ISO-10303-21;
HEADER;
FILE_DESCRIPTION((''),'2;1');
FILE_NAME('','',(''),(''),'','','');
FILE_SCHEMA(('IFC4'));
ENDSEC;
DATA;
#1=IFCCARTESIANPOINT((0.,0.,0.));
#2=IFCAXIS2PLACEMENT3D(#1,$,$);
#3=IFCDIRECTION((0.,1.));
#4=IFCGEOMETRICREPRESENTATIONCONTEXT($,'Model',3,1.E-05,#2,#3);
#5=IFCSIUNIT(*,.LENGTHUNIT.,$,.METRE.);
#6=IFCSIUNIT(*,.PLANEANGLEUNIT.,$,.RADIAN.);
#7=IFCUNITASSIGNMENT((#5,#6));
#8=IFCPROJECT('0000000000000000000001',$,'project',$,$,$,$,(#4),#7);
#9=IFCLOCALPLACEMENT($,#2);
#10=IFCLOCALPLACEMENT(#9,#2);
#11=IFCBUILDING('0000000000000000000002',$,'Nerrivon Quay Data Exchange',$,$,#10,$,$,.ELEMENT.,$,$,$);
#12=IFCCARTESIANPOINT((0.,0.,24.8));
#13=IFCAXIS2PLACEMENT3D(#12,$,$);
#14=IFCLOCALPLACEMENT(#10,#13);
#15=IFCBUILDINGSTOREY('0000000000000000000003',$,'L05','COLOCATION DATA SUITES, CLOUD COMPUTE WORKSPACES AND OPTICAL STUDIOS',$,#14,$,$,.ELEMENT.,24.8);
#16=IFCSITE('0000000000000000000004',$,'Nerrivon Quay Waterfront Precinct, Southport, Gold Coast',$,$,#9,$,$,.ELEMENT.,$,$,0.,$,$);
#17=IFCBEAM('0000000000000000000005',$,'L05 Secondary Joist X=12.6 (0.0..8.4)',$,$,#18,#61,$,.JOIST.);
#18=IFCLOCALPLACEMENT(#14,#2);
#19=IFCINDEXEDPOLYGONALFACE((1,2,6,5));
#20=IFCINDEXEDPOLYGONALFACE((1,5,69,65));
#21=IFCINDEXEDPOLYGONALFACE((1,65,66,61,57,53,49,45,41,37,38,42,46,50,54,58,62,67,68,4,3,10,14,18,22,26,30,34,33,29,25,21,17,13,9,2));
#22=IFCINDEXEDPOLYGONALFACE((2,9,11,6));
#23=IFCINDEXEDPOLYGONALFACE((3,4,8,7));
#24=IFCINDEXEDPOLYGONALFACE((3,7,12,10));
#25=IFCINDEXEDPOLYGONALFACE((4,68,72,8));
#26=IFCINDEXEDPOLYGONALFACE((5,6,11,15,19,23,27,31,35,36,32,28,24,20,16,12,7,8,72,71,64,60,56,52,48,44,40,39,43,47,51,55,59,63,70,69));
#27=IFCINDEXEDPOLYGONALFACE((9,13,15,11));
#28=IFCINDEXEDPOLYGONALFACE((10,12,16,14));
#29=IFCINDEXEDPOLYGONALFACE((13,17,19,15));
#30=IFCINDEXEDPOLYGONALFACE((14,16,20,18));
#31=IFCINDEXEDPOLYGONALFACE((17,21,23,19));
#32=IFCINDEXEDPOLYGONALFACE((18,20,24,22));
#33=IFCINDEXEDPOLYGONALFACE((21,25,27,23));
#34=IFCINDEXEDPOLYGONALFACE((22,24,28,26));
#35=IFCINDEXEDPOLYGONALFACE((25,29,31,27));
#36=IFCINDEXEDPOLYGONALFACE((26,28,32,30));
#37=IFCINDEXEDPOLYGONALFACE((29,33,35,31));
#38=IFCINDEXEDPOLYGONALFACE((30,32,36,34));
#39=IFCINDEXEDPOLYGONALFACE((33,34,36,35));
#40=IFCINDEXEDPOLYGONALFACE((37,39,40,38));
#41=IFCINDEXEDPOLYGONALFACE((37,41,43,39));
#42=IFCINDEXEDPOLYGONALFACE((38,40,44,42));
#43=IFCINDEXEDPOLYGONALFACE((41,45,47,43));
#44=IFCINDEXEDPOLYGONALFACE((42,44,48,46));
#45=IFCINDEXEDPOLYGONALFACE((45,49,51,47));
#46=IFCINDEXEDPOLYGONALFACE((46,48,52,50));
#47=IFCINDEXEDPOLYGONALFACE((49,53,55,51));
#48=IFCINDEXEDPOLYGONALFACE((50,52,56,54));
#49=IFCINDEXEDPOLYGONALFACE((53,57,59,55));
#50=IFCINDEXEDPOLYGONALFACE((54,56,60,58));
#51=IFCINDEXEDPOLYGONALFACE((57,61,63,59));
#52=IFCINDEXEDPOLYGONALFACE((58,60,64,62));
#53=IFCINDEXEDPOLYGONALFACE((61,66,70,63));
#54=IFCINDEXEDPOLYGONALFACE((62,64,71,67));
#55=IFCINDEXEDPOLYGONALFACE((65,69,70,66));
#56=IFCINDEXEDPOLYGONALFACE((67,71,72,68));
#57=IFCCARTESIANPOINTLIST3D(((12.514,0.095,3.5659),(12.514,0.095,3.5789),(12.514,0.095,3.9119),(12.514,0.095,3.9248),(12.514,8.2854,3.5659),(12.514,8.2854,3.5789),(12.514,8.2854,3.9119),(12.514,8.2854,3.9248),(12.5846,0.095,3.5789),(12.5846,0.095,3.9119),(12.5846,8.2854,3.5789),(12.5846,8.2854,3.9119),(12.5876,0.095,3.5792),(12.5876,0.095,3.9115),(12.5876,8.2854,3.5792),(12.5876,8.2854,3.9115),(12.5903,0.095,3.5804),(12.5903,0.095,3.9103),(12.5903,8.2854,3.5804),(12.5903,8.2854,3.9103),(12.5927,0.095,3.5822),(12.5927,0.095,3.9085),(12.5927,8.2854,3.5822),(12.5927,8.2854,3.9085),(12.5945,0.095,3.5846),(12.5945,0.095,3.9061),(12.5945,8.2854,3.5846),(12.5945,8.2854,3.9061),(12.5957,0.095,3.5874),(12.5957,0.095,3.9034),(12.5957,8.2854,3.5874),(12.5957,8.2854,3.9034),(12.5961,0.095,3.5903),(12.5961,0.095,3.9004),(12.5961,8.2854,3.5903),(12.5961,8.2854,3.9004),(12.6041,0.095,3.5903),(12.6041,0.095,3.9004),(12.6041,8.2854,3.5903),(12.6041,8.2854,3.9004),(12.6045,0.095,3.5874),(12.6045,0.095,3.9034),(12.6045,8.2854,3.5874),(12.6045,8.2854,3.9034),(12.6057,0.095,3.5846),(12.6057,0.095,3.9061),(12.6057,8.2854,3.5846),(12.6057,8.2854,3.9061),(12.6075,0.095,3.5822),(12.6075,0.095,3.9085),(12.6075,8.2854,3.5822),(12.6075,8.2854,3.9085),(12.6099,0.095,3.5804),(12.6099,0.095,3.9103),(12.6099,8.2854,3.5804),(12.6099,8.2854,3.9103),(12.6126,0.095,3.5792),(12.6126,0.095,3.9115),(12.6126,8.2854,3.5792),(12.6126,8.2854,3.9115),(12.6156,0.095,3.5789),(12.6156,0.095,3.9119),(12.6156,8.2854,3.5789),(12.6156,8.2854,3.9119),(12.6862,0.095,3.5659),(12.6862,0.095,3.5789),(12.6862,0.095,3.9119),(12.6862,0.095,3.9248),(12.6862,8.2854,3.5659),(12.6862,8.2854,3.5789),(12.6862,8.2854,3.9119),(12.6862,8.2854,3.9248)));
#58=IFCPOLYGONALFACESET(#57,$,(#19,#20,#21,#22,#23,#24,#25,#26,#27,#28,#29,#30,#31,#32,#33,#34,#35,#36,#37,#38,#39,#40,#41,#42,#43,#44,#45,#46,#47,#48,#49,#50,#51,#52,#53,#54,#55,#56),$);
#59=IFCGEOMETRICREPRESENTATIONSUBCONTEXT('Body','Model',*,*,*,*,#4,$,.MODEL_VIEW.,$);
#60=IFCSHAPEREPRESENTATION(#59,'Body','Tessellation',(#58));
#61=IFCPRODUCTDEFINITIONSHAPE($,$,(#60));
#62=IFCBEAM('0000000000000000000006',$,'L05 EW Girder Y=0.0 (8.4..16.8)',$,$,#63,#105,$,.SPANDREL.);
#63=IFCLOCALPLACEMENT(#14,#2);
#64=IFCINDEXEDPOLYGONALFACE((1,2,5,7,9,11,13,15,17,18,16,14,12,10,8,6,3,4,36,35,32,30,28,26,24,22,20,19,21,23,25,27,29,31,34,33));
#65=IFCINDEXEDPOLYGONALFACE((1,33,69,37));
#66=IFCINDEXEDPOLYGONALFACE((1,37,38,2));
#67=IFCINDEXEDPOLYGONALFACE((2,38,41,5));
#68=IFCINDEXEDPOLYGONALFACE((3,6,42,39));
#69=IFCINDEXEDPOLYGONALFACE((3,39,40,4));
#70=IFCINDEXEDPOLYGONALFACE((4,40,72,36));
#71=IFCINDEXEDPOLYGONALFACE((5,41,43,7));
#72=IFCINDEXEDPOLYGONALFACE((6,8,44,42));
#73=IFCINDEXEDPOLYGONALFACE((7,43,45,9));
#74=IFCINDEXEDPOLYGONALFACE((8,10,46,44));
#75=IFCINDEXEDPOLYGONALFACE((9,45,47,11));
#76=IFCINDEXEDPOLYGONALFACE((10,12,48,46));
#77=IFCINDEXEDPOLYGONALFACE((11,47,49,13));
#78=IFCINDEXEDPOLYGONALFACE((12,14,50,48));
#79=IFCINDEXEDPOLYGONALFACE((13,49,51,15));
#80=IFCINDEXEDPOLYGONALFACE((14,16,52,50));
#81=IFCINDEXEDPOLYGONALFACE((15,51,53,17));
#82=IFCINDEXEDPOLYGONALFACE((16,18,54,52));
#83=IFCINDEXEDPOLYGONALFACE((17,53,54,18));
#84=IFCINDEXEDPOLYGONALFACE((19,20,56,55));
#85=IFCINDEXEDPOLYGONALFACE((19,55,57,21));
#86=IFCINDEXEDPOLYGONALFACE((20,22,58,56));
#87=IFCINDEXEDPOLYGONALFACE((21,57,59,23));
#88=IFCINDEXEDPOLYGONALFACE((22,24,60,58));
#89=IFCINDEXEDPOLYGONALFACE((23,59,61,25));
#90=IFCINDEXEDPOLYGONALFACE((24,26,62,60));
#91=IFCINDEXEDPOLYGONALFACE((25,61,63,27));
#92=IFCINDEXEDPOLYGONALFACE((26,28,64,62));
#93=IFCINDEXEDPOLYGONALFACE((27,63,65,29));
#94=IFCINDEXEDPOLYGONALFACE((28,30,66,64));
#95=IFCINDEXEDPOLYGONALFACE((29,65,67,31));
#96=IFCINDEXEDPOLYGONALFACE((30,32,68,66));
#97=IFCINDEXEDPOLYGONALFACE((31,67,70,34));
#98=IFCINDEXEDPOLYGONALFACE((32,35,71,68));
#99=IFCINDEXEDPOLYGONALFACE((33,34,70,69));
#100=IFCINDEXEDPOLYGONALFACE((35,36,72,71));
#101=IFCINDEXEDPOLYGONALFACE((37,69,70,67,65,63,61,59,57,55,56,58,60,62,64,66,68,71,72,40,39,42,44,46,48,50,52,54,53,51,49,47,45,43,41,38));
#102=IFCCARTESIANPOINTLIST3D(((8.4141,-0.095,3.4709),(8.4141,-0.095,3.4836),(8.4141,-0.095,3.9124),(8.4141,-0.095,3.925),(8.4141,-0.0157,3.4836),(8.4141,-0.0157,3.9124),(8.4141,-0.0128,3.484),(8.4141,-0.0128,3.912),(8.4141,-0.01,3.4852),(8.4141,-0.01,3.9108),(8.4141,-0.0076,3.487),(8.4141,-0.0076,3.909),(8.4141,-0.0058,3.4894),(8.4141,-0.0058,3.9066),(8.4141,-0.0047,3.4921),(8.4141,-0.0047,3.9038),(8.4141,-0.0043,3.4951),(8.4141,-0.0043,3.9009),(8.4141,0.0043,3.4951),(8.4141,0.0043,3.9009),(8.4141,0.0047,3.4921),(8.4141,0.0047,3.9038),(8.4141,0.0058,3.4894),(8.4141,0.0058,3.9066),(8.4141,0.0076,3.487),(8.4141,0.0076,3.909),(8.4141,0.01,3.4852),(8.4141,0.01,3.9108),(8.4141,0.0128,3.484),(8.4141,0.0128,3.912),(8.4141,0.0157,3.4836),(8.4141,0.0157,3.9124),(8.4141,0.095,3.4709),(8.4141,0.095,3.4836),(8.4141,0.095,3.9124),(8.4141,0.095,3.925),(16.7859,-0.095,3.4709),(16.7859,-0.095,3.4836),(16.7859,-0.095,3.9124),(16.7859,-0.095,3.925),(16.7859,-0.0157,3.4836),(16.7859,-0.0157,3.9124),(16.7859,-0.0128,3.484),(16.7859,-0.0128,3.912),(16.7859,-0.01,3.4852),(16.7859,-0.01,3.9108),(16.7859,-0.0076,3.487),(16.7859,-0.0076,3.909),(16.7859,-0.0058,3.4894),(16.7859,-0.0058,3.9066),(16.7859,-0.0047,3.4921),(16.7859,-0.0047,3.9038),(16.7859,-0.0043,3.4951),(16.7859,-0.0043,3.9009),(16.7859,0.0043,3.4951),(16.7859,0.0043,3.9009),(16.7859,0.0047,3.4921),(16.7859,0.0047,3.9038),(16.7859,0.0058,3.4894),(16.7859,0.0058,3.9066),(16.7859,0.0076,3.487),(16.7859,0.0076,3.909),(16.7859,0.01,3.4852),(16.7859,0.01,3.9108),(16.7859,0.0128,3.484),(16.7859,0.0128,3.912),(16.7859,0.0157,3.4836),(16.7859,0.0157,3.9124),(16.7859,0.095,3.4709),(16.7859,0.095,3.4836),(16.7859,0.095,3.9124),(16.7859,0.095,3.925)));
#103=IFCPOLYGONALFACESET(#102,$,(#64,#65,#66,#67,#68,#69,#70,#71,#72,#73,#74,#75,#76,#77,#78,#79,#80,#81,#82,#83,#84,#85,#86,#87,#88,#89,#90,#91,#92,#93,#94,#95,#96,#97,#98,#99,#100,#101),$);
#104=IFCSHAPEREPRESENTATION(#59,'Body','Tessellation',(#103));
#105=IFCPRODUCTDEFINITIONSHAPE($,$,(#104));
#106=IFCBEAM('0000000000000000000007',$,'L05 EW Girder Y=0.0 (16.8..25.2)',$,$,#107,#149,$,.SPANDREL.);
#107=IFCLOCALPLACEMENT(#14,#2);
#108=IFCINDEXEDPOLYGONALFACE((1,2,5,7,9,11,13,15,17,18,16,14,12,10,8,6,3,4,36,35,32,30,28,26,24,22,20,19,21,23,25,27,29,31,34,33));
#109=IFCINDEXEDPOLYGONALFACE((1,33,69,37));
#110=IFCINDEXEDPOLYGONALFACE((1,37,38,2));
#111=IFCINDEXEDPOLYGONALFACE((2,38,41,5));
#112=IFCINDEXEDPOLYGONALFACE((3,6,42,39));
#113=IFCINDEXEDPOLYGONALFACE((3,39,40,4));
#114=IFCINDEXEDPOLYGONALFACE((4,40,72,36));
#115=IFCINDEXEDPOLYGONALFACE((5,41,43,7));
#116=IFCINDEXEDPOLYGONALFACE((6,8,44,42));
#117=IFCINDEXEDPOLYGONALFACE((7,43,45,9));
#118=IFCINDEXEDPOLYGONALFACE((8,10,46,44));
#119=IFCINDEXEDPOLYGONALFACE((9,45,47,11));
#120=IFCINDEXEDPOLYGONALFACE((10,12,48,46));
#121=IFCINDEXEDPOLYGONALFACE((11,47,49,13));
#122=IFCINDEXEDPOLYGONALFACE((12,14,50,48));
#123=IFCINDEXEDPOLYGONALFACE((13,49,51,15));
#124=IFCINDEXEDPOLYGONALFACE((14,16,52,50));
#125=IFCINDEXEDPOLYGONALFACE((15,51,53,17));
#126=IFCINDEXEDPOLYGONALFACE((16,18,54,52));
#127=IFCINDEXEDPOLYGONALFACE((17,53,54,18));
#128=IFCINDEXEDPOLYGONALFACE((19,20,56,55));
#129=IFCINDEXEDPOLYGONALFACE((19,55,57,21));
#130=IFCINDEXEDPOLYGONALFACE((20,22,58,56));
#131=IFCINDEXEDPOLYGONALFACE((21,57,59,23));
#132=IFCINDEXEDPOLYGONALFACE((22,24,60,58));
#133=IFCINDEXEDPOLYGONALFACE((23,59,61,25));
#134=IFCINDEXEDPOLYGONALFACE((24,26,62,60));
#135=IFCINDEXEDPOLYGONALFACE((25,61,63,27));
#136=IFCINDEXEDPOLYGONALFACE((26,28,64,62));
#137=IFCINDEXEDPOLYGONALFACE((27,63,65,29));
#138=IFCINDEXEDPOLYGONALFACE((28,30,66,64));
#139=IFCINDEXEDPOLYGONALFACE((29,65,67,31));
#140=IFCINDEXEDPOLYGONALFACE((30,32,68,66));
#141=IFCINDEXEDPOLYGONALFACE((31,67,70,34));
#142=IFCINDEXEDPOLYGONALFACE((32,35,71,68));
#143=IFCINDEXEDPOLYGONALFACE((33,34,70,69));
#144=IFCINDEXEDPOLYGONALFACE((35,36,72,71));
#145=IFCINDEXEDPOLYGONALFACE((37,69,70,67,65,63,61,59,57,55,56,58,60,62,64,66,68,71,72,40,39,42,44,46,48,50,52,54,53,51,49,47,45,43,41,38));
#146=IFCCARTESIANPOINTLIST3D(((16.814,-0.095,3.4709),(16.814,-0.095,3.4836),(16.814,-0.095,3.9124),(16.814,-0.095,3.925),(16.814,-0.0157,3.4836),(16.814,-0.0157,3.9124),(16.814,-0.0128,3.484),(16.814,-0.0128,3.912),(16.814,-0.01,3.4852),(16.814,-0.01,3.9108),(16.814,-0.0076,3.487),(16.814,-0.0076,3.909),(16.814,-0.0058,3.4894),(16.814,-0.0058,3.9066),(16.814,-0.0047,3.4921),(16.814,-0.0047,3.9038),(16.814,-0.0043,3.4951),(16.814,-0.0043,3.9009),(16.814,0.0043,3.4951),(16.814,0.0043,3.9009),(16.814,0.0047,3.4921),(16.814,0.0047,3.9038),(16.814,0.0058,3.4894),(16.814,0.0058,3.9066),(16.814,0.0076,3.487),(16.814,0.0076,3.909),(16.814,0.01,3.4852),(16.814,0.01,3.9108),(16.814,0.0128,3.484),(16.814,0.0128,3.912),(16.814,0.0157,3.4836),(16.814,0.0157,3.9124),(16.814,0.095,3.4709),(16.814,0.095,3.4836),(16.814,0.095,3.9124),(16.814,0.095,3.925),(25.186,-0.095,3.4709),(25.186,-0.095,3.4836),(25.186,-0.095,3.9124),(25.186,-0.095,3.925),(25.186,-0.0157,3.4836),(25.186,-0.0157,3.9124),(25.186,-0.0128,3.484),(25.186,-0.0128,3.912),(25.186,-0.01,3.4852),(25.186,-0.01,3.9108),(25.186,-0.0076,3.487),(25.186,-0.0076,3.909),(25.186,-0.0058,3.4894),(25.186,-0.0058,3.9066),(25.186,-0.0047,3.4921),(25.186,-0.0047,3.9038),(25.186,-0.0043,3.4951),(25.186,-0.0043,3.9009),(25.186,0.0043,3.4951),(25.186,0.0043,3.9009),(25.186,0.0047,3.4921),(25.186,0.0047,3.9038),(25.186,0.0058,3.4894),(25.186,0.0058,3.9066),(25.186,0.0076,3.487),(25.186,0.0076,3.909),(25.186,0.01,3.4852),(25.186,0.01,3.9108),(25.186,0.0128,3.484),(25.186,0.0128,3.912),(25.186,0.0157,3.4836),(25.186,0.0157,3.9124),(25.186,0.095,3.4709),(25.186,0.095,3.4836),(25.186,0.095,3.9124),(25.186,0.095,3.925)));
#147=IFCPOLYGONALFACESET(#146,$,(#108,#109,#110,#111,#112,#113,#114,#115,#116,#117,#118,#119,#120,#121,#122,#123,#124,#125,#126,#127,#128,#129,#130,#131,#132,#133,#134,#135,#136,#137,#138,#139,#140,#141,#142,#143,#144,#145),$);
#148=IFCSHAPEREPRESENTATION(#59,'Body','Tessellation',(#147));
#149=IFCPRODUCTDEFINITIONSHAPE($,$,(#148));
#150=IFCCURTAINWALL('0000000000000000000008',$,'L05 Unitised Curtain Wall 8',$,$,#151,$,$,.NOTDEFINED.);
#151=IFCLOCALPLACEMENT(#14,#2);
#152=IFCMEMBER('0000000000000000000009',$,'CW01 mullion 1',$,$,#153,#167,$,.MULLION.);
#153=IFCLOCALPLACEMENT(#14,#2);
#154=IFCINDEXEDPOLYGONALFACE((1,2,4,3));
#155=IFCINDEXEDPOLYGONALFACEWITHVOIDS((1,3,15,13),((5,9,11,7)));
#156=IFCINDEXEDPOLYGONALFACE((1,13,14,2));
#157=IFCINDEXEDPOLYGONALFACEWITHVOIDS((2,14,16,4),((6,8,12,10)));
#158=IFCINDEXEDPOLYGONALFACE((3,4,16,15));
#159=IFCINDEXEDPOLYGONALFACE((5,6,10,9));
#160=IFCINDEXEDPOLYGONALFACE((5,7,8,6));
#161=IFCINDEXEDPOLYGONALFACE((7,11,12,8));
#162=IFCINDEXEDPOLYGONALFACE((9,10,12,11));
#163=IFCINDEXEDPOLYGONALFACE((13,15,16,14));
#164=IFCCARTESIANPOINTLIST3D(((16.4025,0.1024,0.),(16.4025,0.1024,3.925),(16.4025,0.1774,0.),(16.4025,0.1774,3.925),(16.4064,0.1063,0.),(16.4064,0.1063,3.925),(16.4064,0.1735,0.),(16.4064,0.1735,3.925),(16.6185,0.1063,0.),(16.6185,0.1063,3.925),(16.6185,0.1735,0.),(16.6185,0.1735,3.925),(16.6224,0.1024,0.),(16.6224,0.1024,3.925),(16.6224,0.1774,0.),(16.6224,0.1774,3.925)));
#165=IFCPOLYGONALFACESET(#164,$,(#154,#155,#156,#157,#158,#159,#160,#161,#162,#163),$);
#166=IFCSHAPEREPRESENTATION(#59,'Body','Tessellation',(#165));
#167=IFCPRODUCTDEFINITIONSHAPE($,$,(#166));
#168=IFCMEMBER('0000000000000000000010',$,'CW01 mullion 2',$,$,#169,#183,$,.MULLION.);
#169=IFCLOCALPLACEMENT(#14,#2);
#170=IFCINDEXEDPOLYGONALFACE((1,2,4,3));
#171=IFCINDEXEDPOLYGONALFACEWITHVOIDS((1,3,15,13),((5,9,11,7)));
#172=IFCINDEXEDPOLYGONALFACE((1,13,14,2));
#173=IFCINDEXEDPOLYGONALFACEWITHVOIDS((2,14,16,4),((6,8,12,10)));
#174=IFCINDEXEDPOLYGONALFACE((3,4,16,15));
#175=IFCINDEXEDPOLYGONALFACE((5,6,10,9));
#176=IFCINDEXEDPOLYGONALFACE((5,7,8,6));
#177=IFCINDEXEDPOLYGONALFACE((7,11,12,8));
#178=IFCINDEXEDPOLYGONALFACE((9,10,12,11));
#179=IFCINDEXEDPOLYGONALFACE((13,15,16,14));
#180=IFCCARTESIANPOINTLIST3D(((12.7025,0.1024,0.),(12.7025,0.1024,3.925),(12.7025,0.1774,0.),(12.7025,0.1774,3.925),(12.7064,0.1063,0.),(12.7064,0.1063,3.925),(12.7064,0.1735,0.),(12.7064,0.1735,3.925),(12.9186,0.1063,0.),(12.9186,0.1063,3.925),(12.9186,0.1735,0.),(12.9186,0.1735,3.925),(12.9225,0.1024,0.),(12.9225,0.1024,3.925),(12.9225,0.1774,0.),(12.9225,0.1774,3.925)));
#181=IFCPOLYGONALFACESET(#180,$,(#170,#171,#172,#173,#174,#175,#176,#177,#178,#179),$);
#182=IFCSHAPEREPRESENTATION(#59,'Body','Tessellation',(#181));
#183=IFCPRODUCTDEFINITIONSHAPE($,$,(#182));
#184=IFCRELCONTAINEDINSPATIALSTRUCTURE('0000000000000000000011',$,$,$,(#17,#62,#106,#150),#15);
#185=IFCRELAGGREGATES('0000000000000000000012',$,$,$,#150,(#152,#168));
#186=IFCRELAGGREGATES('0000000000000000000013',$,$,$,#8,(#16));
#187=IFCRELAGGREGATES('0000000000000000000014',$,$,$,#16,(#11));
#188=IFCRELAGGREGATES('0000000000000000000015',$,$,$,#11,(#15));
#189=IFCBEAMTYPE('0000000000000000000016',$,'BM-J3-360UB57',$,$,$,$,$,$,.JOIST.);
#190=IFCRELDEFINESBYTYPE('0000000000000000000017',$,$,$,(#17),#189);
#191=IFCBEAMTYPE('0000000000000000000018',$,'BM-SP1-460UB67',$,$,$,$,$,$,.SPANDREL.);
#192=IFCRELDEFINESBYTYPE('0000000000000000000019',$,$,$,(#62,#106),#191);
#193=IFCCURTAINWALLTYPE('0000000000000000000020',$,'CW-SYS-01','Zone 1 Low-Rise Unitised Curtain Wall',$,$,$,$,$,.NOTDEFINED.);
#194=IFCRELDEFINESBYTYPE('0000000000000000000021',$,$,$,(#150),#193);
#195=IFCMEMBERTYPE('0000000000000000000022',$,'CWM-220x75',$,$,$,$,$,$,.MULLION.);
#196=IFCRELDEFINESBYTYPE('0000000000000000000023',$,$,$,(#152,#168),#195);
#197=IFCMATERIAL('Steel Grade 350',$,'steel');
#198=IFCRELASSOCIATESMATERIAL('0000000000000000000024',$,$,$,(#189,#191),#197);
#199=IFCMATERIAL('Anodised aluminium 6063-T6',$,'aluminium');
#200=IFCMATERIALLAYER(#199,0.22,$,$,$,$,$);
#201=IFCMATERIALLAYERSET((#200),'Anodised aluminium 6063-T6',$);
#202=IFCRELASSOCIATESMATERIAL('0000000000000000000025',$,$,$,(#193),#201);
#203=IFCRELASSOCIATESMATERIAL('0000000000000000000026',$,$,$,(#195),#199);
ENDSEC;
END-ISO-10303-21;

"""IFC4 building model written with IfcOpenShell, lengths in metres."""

from ifc_helpers import new_model, si_unit, direction, frame, origin, origin_2d, place, context, subcontext, project, spatial, hollow_rectangle, i_section, extrude, material, layer, layer_set, material_profile, profile_set, type_object, element, aggregate, save


model = new_model("IFC4")

# Units and contexts
model_context = context("Model", 3, precision=1e-05, world=origin(), true_north=direction((0.0, 1.0)))
body_context = subcontext(model_context, "Body", "Model", "MODEL_VIEW")
ifc_project = project(units=[si_unit("LENGTHUNIT", "METRE"), si_unit("PLANEANGLEUNIT", "RADIAN")], contexts=[model_context])

# Site, building, storey
site_placement = place(None, origin())
site = spatial("IfcSite", under=ifc_project, at=site_placement, Name="Nerrivon Quay Waterfront Precinct, Southport, Gold Coast", CompositionType="ELEMENT", RefElevation=0.0)
building_placement = place(site_placement, origin())
building = spatial("IfcBuilding", under=site, at=building_placement, Name="Nerrivon Quay Data Exchange", CompositionType="ELEMENT")
storey_placement = place(building_placement, frame((0.0, 0.0, 24.8)))
storey = spatial("IfcBuildingStorey", under=building, at=storey_placement, Name="L05", Description="COLOCATION DATA SUITES, CLOUD COMPUTE WORKSPACES AND OPTICAL STUDIOS", CompositionType="ELEMENT", Elevation=24.8)

# Shared definitions
ifc_material_1 = material(Name="Steel Grade 350", Category="steel")

# Beams
ifc_material_profile_1 = material_profile(ifc_material_1, i_section(OverallWidth=0.1721, OverallDepth=0.3589, WebThickness=0.0081, FlangeThickness=0.0129, FilletRadius=0.0115, at=origin_2d()), Name="360UB56.7")
ifc_profile_set_1 = profile_set([ifc_material_profile_1], Name="Steel Grade 350")
beam_type_1 = type_object("IfcBeamType", Name="BM-J3-360UB57", PredefinedType="JOIST", material=ifc_profile_set_1)
beam_1_placement = place(storey_placement, frame((12.6001, 0.095, 3.7454), z_axis=(0.0, 1.0, 0.0), x_axis=(-1.0, 0.0, 0.0)))
element("IfcBeam", 1, at=beam_1_placement, inside=storey, type_object=beam_type_1, Name="L05 Secondary Joist X=12.6 (0.0..8.4)", PredefinedType="JOIST", context=body_context, shape_type="SweptSolid", body=[
    extrude(i_section(OverallWidth=0.1721, OverallDepth=0.3589, WebThickness=0.0081, FlangeThickness=0.0129, FilletRadius=0.0115, at=origin_2d()), origin(), (0.0, 0.0, 1.0), 8.1904),
])
ifc_material_profile_2 = material_profile(ifc_material_1, i_section(OverallWidth=0.1899, OverallDepth=0.4541, WebThickness=0.0085, FlangeThickness=0.0127, FilletRadius=0.0115, at=origin_2d()), Name="460UB67.1")
ifc_profile_set_2 = profile_set([ifc_material_profile_2], Name="Steel Grade 350")
beam_type_2 = type_object("IfcBeamType", Name="BM-SP1-460UB67", PredefinedType="SPANDREL", material=ifc_profile_set_2)
beam_2_placement = place(storey_placement, frame((8.4141, 0.0, 3.698), z_axis=(1.0, 0.0, 0.0), x_axis=(0.0, 1.0, 0.0)))
element("IfcBeam", 2, at=beam_2_placement, inside=storey, type_object=beam_type_2, Name="L05 EW Girder Y=0.0 (8.4..16.8)", PredefinedType="SPANDREL", context=body_context, shape_type="SweptSolid", body=[
    extrude(i_section(OverallWidth=0.1899, OverallDepth=0.4541, WebThickness=0.0085, FlangeThickness=0.0127, FilletRadius=0.0115, at=origin_2d()), origin(), (0.0, 0.0, 1.0), 8.3718),
])
beam_3_placement = place(storey_placement, frame((16.814, 0.0, 3.698), z_axis=(1.0, 0.0, 0.0), x_axis=(0.0, 1.0, 0.0)))
element("IfcBeam", 3, at=beam_3_placement, inside=storey, type_object=beam_type_2, Name="L05 EW Girder Y=0.0 (16.8..25.2)", PredefinedType="SPANDREL", context=body_context, shape_type="SweptSolid", body=[
    extrude(i_section(OverallWidth=0.1899, OverallDepth=0.4541, WebThickness=0.0085, FlangeThickness=0.0127, FilletRadius=0.0115, at=origin_2d()), origin(), (0.0, 0.0, 1.0), 8.3721),
])

# Curtain wall, members
ifc_material_2 = material(Name="Anodised aluminium 6063-T6", Category="aluminium")
ifc_layer_1 = layer(ifc_material_2, 0.22)
ifc_layer_set_1 = layer_set([ifc_layer_1], Name="Anodised aluminium 6063-T6")
curtain_wall_type = type_object("IfcCurtainWallType", Name="CW-SYS-01", Description="Zone 1 Low-Rise Unitised Curtain Wall", PredefinedType="NOTDEFINED", material=ifc_layer_set_1)
curtain_wall_1_placement = place(storey_placement, origin())
curtain_wall_1 = element("IfcCurtainWall", 4, at=curtain_wall_1_placement, inside=storey, type_object=curtain_wall_type, Name="L05 Unitised Curtain Wall 8", PredefinedType="NOTDEFINED")
ifc_material_profile_3 = material_profile(ifc_material_2, hollow_rectangle(XDim=0.075, YDim=0.22, WallThickness=0.0039, at=origin_2d()), Name="ALU-MULL-220x75")
ifc_profile_set_3 = profile_set([ifc_material_profile_3], Name="Anodised aluminium 6063-T6")
member_type_1 = type_object("IfcMemberType", Name="CWM-220x75", PredefinedType="MULLION", material=ifc_profile_set_3)
member_1_placement = place(storey_placement, frame((16.5125, 0.1399, 0.0), z_axis=(0.0, 0.0, 1.0), x_axis=(0.0, -1.0, 0.0)))
member_1 = element("IfcMember", 5, at=member_1_placement, type_object=member_type_1, Name="CW01 mullion 1", PredefinedType="MULLION", context=body_context, shape_type="SweptSolid", body=[
    extrude(hollow_rectangle(XDim=0.075, YDim=0.22, WallThickness=0.0039, at=origin_2d()), origin(), (0.0, 0.0, 1.0), 3.925),
])
member_2_placement = place(storey_placement, frame((12.8125, 0.1399, 0.0), z_axis=(0.0, 0.0, 1.0), x_axis=(0.0, -1.0, 0.0)))
member_2 = element("IfcMember", 6, at=member_2_placement, type_object=member_type_1, Name="CW01 mullion 2", PredefinedType="MULLION", context=body_context, shape_type="SweptSolid", body=[
    extrude(hollow_rectangle(XDim=0.075, YDim=0.22, WallThickness=0.0039, at=origin_2d()), origin(), (0.0, 0.0, 1.0), 3.925),
])

aggregate(curtain_wall_1, [member_1, member_2])

save(model, "model.ifc")
